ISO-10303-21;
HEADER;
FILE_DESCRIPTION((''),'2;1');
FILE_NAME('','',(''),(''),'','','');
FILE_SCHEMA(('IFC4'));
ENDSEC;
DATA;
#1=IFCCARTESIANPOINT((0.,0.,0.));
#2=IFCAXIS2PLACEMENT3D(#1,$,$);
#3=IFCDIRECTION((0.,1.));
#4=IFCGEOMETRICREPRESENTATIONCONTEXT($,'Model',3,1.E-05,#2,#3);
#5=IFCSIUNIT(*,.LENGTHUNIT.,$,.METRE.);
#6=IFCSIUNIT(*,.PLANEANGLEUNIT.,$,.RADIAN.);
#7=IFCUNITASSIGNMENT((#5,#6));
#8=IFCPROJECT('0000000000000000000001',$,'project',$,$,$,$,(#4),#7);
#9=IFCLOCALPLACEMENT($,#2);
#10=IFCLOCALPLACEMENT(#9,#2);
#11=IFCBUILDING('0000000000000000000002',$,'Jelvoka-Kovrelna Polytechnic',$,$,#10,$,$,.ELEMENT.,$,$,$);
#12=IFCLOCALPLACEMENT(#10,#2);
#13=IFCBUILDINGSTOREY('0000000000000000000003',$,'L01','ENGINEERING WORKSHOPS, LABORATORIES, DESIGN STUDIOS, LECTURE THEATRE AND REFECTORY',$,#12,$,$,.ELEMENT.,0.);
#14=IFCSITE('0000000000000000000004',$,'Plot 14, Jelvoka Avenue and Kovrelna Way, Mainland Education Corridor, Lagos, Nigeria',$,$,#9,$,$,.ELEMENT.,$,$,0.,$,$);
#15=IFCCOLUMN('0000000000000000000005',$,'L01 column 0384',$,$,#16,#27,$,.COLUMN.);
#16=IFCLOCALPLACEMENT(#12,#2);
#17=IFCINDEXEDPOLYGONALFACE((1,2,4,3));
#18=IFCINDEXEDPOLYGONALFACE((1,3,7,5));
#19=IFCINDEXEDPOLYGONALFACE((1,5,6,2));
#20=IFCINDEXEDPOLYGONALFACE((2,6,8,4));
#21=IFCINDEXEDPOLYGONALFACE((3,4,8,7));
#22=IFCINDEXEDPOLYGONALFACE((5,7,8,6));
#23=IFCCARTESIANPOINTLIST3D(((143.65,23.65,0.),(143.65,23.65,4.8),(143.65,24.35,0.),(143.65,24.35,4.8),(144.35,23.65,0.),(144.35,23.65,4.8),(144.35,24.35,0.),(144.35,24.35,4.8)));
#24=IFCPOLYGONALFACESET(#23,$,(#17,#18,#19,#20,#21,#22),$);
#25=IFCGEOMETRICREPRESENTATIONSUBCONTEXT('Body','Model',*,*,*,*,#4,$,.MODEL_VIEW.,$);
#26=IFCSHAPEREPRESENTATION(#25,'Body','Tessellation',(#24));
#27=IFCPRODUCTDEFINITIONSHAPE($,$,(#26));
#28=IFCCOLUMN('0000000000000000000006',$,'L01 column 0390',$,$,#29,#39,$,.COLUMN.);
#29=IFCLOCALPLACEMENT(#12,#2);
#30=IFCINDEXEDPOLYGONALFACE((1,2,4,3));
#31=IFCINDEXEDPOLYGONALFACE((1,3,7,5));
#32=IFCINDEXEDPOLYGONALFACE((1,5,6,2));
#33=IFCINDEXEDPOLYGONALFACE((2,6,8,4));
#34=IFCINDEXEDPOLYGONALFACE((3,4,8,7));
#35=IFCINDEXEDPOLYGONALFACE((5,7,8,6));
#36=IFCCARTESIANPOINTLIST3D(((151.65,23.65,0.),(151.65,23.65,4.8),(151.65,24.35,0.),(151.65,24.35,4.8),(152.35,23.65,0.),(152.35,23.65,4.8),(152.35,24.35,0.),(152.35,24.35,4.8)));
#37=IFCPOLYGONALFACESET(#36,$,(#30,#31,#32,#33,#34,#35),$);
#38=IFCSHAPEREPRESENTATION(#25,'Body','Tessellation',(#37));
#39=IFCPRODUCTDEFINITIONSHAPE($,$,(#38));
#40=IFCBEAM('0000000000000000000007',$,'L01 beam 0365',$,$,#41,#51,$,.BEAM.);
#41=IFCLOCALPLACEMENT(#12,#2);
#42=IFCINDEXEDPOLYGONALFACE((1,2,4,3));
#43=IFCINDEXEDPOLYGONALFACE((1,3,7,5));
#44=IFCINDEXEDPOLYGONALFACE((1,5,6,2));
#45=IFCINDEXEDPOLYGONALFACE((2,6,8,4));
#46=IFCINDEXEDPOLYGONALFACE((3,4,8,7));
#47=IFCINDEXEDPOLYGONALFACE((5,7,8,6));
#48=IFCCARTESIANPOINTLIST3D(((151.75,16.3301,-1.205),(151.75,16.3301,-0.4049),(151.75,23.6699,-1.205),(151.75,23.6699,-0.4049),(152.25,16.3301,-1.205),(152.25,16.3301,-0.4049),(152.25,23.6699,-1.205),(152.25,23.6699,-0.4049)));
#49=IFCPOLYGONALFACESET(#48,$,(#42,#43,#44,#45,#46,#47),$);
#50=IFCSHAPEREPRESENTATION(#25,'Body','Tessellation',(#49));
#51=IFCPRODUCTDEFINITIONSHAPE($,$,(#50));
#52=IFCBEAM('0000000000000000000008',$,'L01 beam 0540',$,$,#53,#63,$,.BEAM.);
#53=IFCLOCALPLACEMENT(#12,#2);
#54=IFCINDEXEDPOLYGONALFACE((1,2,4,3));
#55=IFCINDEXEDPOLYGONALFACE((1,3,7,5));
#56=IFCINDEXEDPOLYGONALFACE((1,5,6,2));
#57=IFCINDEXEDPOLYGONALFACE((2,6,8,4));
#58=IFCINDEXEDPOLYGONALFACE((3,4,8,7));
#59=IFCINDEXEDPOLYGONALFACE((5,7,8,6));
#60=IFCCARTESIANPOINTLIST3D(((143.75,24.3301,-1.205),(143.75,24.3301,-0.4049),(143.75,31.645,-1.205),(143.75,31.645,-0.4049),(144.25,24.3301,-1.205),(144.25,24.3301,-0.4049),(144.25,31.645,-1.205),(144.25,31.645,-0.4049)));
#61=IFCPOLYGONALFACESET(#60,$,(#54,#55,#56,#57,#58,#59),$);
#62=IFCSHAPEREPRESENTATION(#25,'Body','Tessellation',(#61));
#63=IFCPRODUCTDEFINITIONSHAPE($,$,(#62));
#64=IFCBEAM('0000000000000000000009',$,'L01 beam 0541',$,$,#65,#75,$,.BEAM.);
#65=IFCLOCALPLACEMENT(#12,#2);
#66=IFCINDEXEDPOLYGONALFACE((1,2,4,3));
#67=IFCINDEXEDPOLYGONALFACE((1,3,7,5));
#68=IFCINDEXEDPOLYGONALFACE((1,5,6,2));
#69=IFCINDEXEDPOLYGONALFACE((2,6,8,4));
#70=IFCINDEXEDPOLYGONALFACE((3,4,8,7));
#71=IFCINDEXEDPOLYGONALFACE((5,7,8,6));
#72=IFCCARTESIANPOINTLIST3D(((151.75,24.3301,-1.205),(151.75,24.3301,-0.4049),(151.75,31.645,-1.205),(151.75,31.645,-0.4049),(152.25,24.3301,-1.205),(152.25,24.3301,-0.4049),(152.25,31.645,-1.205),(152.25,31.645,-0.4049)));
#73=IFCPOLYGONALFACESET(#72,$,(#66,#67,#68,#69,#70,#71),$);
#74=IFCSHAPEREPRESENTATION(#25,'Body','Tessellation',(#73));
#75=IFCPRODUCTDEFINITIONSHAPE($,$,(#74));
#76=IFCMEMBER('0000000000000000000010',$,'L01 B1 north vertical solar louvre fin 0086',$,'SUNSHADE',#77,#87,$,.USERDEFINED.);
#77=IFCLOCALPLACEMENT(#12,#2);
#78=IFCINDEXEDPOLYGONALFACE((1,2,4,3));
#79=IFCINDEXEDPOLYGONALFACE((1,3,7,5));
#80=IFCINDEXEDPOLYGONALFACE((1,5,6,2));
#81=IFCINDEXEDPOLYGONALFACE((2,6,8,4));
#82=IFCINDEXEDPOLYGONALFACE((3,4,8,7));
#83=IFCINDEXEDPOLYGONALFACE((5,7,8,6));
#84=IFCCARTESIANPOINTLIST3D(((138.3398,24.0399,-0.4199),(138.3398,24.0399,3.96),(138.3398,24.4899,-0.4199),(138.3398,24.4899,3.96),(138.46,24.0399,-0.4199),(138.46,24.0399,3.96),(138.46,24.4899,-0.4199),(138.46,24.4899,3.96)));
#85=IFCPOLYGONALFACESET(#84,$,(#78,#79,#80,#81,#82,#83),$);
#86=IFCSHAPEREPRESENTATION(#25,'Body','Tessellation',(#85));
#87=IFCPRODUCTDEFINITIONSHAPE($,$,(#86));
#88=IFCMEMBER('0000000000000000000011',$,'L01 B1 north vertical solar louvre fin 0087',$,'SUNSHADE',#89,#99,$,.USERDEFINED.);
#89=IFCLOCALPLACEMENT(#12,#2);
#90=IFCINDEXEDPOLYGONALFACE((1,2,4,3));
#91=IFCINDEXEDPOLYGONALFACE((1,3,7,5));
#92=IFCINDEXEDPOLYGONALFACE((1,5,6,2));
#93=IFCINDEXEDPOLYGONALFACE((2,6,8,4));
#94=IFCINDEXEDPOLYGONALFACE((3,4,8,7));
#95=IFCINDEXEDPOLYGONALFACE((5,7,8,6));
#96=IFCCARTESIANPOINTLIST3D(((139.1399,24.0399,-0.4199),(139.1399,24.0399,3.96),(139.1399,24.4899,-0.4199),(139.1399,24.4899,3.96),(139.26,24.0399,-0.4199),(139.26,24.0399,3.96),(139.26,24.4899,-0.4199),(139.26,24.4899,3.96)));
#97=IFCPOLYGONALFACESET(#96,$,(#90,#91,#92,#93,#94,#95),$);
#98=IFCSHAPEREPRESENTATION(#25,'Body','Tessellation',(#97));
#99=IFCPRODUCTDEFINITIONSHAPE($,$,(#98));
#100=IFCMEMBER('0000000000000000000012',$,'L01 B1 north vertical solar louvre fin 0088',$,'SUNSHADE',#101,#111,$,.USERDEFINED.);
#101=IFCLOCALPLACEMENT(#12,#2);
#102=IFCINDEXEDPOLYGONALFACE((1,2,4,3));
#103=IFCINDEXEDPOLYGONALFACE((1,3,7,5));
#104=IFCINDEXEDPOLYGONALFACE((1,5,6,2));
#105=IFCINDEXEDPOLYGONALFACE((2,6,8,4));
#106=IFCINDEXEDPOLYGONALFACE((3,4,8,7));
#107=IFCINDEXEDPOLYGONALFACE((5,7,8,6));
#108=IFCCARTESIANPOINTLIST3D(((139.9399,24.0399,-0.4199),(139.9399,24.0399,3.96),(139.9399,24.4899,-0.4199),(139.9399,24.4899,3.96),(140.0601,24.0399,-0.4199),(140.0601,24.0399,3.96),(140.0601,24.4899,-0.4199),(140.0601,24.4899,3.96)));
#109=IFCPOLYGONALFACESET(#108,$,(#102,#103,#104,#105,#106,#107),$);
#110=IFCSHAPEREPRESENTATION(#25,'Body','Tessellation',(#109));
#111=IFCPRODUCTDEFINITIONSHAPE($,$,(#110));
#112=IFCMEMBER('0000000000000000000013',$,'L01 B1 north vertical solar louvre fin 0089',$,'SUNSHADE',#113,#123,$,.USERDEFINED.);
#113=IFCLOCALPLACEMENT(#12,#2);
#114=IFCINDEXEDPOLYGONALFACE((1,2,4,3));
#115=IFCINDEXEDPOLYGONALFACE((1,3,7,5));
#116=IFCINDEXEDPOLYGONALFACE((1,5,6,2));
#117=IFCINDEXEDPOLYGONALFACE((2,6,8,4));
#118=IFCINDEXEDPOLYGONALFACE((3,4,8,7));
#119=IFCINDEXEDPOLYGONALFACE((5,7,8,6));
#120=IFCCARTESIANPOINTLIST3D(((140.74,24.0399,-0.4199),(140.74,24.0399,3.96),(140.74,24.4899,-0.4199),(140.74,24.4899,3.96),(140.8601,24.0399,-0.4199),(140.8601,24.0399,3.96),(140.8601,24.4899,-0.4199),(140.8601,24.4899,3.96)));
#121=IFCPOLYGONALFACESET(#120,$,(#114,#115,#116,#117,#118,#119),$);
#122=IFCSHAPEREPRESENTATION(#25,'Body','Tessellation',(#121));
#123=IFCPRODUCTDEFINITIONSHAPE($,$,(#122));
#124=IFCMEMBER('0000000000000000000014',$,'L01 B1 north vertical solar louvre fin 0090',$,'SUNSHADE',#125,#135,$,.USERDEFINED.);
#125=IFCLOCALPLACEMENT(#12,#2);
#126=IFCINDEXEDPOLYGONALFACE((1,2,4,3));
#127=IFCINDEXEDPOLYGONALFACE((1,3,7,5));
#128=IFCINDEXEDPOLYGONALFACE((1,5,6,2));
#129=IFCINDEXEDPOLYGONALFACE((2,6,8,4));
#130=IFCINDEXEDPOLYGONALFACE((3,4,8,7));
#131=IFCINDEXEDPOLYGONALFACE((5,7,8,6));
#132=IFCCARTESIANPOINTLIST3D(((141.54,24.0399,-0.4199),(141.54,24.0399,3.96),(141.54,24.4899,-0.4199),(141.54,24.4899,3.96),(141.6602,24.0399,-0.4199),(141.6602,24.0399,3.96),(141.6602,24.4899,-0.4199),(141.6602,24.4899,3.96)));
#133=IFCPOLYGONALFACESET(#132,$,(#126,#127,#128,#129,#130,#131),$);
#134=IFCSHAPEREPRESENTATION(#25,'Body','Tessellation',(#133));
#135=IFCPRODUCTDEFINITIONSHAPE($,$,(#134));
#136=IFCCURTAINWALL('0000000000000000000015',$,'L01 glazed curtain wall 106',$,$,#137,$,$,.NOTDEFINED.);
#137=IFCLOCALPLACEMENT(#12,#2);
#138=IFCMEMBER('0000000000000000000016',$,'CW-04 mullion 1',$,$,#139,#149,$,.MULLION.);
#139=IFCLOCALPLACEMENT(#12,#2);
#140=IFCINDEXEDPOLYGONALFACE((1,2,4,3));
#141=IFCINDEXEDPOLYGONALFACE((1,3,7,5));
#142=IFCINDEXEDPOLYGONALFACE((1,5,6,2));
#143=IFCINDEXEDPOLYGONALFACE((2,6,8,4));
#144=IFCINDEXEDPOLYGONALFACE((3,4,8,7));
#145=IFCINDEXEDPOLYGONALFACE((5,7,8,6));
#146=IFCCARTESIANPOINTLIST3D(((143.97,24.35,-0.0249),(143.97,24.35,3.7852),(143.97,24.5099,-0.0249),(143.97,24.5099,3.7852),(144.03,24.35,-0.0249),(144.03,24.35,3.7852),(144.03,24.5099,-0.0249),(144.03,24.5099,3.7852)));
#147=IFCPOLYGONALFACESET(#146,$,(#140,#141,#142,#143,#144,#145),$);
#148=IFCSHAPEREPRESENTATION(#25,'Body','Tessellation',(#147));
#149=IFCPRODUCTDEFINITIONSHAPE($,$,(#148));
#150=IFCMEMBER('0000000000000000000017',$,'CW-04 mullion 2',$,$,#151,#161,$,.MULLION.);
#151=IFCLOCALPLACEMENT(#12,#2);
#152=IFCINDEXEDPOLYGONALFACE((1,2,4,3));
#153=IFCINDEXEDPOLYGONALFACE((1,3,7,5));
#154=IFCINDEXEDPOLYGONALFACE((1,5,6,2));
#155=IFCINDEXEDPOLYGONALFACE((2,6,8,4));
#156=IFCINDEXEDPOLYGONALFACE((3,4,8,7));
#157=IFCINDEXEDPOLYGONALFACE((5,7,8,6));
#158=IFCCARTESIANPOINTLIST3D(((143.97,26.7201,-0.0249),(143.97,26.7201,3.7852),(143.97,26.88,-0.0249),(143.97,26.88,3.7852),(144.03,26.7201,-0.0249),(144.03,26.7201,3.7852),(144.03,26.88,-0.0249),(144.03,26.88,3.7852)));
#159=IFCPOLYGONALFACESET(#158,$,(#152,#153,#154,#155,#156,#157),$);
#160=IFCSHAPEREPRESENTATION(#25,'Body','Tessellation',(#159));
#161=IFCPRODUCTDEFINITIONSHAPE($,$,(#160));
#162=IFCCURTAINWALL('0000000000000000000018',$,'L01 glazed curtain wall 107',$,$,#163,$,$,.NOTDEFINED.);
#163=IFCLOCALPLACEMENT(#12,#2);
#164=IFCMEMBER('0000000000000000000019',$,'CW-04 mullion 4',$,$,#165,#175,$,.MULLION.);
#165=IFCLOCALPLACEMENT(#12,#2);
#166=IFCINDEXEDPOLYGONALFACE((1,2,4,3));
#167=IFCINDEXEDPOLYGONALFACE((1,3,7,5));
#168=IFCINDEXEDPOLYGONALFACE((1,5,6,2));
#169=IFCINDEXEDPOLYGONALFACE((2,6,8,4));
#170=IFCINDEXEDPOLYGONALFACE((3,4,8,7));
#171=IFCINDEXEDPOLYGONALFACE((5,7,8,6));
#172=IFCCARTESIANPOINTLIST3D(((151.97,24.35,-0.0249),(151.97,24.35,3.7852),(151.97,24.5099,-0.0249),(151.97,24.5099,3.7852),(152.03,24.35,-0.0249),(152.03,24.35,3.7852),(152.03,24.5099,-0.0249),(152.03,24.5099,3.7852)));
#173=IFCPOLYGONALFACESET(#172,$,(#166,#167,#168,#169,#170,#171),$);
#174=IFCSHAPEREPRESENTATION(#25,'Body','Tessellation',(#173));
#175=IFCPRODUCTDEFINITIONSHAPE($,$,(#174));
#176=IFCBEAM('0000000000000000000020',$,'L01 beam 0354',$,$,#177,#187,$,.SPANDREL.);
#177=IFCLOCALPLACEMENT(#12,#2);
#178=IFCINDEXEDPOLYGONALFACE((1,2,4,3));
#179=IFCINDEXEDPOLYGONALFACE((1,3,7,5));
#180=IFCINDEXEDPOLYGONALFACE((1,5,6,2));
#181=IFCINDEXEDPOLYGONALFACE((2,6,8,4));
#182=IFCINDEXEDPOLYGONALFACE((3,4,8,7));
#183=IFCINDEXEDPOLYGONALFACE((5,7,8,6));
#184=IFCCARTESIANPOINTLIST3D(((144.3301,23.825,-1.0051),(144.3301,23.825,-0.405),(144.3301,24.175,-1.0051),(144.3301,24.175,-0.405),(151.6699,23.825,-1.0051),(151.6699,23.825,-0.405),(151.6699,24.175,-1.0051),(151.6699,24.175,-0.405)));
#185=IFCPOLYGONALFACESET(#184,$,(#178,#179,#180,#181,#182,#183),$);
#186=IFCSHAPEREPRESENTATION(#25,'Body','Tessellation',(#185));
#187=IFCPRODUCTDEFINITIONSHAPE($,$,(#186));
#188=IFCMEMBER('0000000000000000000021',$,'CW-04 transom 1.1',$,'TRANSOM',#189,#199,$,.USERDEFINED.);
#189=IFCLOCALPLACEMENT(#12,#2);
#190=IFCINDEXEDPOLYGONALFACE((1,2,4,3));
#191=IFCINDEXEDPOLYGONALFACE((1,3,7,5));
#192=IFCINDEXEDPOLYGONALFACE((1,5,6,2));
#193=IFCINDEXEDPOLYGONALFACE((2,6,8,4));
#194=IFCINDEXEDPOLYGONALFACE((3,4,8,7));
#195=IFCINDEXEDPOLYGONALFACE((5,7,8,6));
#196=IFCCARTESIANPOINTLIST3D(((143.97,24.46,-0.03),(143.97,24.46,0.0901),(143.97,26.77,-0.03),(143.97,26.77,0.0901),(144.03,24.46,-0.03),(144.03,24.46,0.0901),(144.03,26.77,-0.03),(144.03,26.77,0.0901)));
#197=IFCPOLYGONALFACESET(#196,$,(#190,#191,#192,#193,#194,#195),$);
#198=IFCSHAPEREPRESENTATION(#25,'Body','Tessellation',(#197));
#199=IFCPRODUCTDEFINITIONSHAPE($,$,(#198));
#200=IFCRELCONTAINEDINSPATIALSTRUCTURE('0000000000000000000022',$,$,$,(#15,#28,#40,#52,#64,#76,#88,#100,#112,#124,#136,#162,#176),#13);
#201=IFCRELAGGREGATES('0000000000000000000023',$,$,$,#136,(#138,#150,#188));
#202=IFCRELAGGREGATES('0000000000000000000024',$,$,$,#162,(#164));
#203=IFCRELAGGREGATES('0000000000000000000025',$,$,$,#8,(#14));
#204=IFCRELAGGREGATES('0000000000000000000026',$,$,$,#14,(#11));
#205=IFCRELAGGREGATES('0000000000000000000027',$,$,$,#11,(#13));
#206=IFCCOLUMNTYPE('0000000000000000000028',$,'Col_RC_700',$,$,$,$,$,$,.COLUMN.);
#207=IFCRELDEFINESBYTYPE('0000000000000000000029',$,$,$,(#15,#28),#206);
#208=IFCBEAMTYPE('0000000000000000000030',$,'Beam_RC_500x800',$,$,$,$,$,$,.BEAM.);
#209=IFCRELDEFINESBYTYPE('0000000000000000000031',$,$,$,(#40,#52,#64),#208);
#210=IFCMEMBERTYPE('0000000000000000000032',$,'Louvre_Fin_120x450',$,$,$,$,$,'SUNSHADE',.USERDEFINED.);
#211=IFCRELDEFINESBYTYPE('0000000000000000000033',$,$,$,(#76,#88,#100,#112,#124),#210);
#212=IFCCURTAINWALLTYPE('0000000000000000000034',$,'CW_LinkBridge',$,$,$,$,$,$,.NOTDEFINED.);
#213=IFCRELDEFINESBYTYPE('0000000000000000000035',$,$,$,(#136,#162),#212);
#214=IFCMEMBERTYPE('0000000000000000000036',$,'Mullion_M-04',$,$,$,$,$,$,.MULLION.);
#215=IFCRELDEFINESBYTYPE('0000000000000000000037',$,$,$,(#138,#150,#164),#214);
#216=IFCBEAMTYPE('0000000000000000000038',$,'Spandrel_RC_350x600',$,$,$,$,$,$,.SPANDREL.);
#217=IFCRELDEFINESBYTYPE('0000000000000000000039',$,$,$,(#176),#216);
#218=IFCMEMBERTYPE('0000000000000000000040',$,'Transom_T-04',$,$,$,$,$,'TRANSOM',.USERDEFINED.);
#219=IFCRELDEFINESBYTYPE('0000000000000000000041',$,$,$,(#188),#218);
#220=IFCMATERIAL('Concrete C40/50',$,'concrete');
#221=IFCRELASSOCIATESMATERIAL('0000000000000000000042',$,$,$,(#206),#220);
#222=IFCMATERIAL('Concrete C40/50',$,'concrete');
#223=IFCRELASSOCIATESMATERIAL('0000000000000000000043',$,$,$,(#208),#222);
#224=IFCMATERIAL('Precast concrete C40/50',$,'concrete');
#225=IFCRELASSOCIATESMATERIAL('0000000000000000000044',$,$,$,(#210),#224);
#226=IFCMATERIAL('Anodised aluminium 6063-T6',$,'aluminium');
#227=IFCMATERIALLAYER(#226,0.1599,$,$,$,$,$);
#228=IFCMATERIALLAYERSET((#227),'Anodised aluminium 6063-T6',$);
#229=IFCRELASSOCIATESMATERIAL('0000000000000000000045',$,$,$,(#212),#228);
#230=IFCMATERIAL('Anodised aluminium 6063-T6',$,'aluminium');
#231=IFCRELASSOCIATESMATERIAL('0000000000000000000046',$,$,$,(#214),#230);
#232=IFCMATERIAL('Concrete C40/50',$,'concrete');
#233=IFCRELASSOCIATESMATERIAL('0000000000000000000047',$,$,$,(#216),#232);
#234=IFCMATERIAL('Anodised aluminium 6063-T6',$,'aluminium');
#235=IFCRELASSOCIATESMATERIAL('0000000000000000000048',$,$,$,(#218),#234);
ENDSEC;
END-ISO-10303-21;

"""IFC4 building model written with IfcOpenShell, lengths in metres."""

from ifc_helpers import new_model, si_unit, direction, frame, origin, origin_2d, place, context, subcontext, project, spatial, rectangle, extrude, material, layer, layer_set, material_profile, profile_set, type_object, element, aggregate, save


model = new_model("IFC4")

# Units and contexts
model_context = context("Model", 3, precision=1e-05, world=origin(), true_north=direction((0.0, 1.0)))
body_context = subcontext(model_context, "Body", "Model", "MODEL_VIEW")
ifc_project = project(units=[si_unit("LENGTHUNIT", "METRE"), si_unit("PLANEANGLEUNIT", "RADIAN")], contexts=[model_context])

# Site, building, storey
site_placement = place(None, origin())
site = spatial("IfcSite", under=ifc_project, at=site_placement, Name="Plot 14, Jelvoka Avenue and Kovrelna Way, Mainland Education Corridor, Lagos, Nigeria", CompositionType="ELEMENT", RefElevation=0.0)
building_placement = place(site_placement, origin())
building = spatial("IfcBuilding", under=site, at=building_placement, Name="Jelvoka-Kovrelna Polytechnic", CompositionType="ELEMENT")
storey_placement = place(building_placement, origin())
storey = spatial("IfcBuildingStorey", under=building, at=storey_placement, Name="L01", Description="ENGINEERING WORKSHOPS, LABORATORIES, DESIGN STUDIOS, LECTURE THEATRE AND REFECTORY", CompositionType="ELEMENT", Elevation=0.0)

# Columns
ifc_material_1 = material(Name="Concrete C40/50", Category="concrete")
ifc_material_profile_1 = material_profile(ifc_material_1, rectangle(XDim=0.7, YDim=0.7, at=origin_2d()), Name="RC 700x700")
ifc_profile_set_1 = profile_set([ifc_material_profile_1], Name="Concrete C40/50")
column_type = type_object("IfcColumnType", Name="Col_RC_700", PredefinedType="COLUMN", material=ifc_profile_set_1)
for number, where, z_axis, x_axis, name in (
    (1, (144.0, 24.0, 0.0), (0.0, 0.0, 1.0), (1.0, 0.0, 0.0), "L01 column 0384"),
    (2, (152.0, 24.0, 0.0), (0.0, 0.0, 1.0), (1.0, 0.0, 0.0), "L01 column 0390"),
):
    element("IfcColumn", number, at=place(storey_placement, frame(where, z_axis=z_axis, x_axis=x_axis)), inside=storey, type_object=column_type, Name=name, PredefinedType="COLUMN", context=body_context, shape_type="SweptSolid", body=[
        extrude(rectangle(XDim=0.7, YDim=0.7, at=origin_2d()), origin(), (0.0, 0.0, 1.0), 4.8),
    ])

# Beams
ifc_material_2 = material(Name="Concrete C40/50", Category="concrete")
ifc_material_profile_2 = material_profile(ifc_material_2, rectangle(XDim=0.5, YDim=0.8, at=origin_2d()), Name="RC 500x800")
ifc_profile_set_2 = profile_set([ifc_material_profile_2], Name="Concrete C40/50")
beam_type_1 = type_object("IfcBeamType", Name="Beam_RC_500x800", PredefinedType="BEAM", material=ifc_profile_set_2)
beam_1_placement = place(storey_placement, frame((152.0, 16.3301, -0.8049), z_axis=(0.0, 1.0, 0.0), x_axis=(-1.0, 0.0, 0.0)))
element("IfcBeam", 3, at=beam_1_placement, inside=storey, type_object=beam_type_1, Name="L01 beam 0365", PredefinedType="BEAM", context=body_context, shape_type="SweptSolid", body=[
    extrude(rectangle(XDim=0.5, YDim=0.8, at=origin_2d()), origin(), (0.0, 0.0, 1.0), 7.3398),
])
for number, where, z_axis, x_axis, name in (
    (4, (144.0, 24.3301, -0.8049), (0.0, 1.0, 0.0), (-1.0, 0.0, 0.0), "L01 beam 0540"),
    (5, (152.0, 24.3301, -0.8049), (0.0, 1.0, 0.0), (-1.0, 0.0, 0.0), "L01 beam 0541"),
):
    element("IfcBeam", number, at=place(storey_placement, frame(where, z_axis=z_axis, x_axis=x_axis)), inside=storey, type_object=beam_type_1, Name=name, PredefinedType="BEAM", context=body_context, shape_type="SweptSolid", body=[
        extrude(rectangle(XDim=0.5, YDim=0.8, at=origin_2d()), origin(), (0.0, 0.0, 1.0), 7.3149),
    ])

# Members
ifc_material_3 = material(Name="Precast concrete C40/50", Category="concrete")
ifc_material_profile_3 = material_profile(ifc_material_3, rectangle(XDim=0.1201, YDim=0.45, at=origin_2d()), Name="PC 120x450")
ifc_profile_set_3 = profile_set([ifc_material_profile_3], Name="Precast concrete C40/50")
member_type_1 = type_object("IfcMemberType", Name="Louvre_Fin_120x450", ElementType="SUNSHADE", PredefinedType="USERDEFINED", material=ifc_profile_set_3)
for number, where, z_axis, x_axis, name in (
    (6, (138.3999, 24.2649, -0.4199), (0.0, 0.0, 1.0), (1.0, 0.0, 0.0), "L01 B1 north vertical solar louvre fin 0086"),
    (7, (139.2, 24.2649, -0.4199), (0.0, 0.0, 1.0), (1.0, 0.0, 0.0), "L01 B1 north vertical solar louvre fin 0087"),
    (8, (140.0, 24.2649, -0.4199), (0.0, 0.0, 1.0), (1.0, 0.0, 0.0), "L01 B1 north vertical solar louvre fin 0088"),
    (9, (140.8, 24.2649, -0.4199), (0.0, 0.0, 1.0), (1.0, 0.0, 0.0), "L01 B1 north vertical solar louvre fin 0089"),
    (10, (141.6001, 24.2649, -0.4199), (0.0, 0.0, 1.0), (1.0, 0.0, 0.0), "L01 B1 north vertical solar louvre fin 0090"),
):
    element("IfcMember", number, at=place(storey_placement, frame(where, z_axis=z_axis, x_axis=x_axis)), inside=storey, type_object=member_type_1, Name=name, ObjectType="SUNSHADE", PredefinedType="USERDEFINED", context=body_context, shape_type="SweptSolid", body=[
        extrude(rectangle(XDim=0.1201, YDim=0.45, at=origin_2d()), origin(), (0.0, 0.0, 1.0), 4.3799),
    ])

# Curtain wall, members
ifc_material_4 = material(Name="Anodised aluminium 6063-T6", Category="aluminium")
ifc_layer_1 = layer(ifc_material_4, 0.1599)
ifc_layer_set_1 = layer_set([ifc_layer_1], Name="Anodised aluminium 6063-T6")
curtain_wall_type = type_object("IfcCurtainWallType", Name="CW_LinkBridge", PredefinedType="NOTDEFINED", material=ifc_layer_set_1)
curtain_wall_1_placement = place(storey_placement, origin())
curtain_wall_1 = element("IfcCurtainWall", 11, at=curtain_wall_1_placement, inside=storey, type_object=curtain_wall_type, Name="L01 glazed curtain wall 106", PredefinedType="NOTDEFINED")
ifc_material_5 = material(Name="Anodised aluminium 6063-T6", Category="aluminium")
ifc_material_profile_4 = material_profile(ifc_material_5, rectangle(XDim=0.0601, YDim=0.1599, at=origin_2d()), Name="ALU 60x160")
ifc_profile_set_4 = profile_set([ifc_material_profile_4], Name="Anodised aluminium 6063-T6")
member_type_2 = type_object("IfcMemberType", Name="Mullion_M-04", PredefinedType="MULLION", material=ifc_profile_set_4)
member_1_placement = place(storey_placement, frame((144.0, 24.4299, -0.0249), z_axis=(0.0, 0.0, 1.0), x_axis=(-1.0, 0.0, 0.0)))
member_1 = element("IfcMember", 12, at=member_1_placement, type_object=member_type_2, Name="CW-04 mullion 1", PredefinedType="MULLION", context=body_context, shape_type="SweptSolid", body=[
    extrude(rectangle(XDim=0.0601, YDim=0.1599, at=origin_2d()), origin(), (0.0, 0.0, 1.0), 3.8101),
])
member_2_placement = place(storey_placement, frame((144.0, 26.8, -0.0249), z_axis=(0.0, 0.0, 1.0), x_axis=(-1.0, 0.0, 0.0)))
member_2 = element("IfcMember", 13, at=member_2_placement, type_object=member_type_2, Name="CW-04 mullion 2", PredefinedType="MULLION", context=body_context, shape_type="SweptSolid", body=[
    extrude(rectangle(XDim=0.0601, YDim=0.1599, at=origin_2d()), origin(), (0.0, 0.0, 1.0), 3.8101),
])

# Curtain wall, member
curtain_wall_2_placement = place(storey_placement, origin())
curtain_wall_2 = element("IfcCurtainWall", 14, at=curtain_wall_2_placement, inside=storey, type_object=curtain_wall_type, Name="L01 glazed curtain wall 107", PredefinedType="NOTDEFINED")
member_3_placement = place(storey_placement, frame((152.0, 24.4299, -0.0249), z_axis=(0.0, 0.0, 1.0), x_axis=(1.0, 0.0, 0.0)))
member_3 = element("IfcMember", 15, at=member_3_placement, type_object=member_type_2, Name="CW-04 mullion 4", PredefinedType="MULLION", context=body_context, shape_type="SweptSolid", body=[
    extrude(rectangle(XDim=0.0601, YDim=0.1599, at=origin_2d()), origin(), (0.0, 0.0, 1.0), 3.8101),
])

# Beam
ifc_material_6 = material(Name="Concrete C40/50", Category="concrete")
ifc_material_profile_5 = material_profile(ifc_material_6, rectangle(XDim=0.3501, YDim=0.6001, at=origin_2d()), Name="RC 350x600")
ifc_profile_set_5 = profile_set([ifc_material_profile_5], Name="Concrete C40/50")
beam_type_2 = type_object("IfcBeamType", Name="Spandrel_RC_350x600", PredefinedType="SPANDREL", material=ifc_profile_set_5)
beam_2_placement = place(storey_placement, frame((144.3301, 24.0, -0.7051), z_axis=(1.0, 0.0, 0.0), x_axis=(0.0, 1.0, 0.0)))
element("IfcBeam", 16, at=beam_2_placement, inside=storey, type_object=beam_type_2, Name="L01 beam 0354", PredefinedType="SPANDREL", context=body_context, shape_type="SweptSolid", body=[
    extrude(rectangle(XDim=0.3501, YDim=0.6001, at=origin_2d()), origin(), (0.0, 0.0, 1.0), 7.3398),
])

# Member
ifc_material_7 = material(Name="Anodised aluminium 6063-T6", Category="aluminium")
ifc_material_profile_6 = material_profile(ifc_material_7, rectangle(XDim=0.0601, YDim=0.1201, at=origin_2d()), Name="ALU 60x120")
ifc_profile_set_6 = profile_set([ifc_material_profile_6], Name="Anodised aluminium 6063-T6")
member_type_3 = type_object("IfcMemberType", Name="Transom_T-04", ElementType="TRANSOM", PredefinedType="USERDEFINED", material=ifc_profile_set_6)
member_4_placement = place(storey_placement, frame((144.0, 24.46, 0.03), z_axis=(0.0, 1.0, 0.0), x_axis=(-1.0, 0.0, 0.0)))
member_4 = element("IfcMember", 17, at=member_4_placement, type_object=member_type_3, Name="CW-04 transom 1.1", ObjectType="TRANSOM", PredefinedType="USERDEFINED", context=body_context, shape_type="SweptSolid", body=[
    extrude(rectangle(XDim=0.0601, YDim=0.1201, at=origin_2d()), origin(), (0.0, 0.0, 1.0), 2.3101),
])

aggregate(curtain_wall_1, [member_1, member_2, member_4])
aggregate(curtain_wall_2, [member_3])

save(model, "model.ifc")
